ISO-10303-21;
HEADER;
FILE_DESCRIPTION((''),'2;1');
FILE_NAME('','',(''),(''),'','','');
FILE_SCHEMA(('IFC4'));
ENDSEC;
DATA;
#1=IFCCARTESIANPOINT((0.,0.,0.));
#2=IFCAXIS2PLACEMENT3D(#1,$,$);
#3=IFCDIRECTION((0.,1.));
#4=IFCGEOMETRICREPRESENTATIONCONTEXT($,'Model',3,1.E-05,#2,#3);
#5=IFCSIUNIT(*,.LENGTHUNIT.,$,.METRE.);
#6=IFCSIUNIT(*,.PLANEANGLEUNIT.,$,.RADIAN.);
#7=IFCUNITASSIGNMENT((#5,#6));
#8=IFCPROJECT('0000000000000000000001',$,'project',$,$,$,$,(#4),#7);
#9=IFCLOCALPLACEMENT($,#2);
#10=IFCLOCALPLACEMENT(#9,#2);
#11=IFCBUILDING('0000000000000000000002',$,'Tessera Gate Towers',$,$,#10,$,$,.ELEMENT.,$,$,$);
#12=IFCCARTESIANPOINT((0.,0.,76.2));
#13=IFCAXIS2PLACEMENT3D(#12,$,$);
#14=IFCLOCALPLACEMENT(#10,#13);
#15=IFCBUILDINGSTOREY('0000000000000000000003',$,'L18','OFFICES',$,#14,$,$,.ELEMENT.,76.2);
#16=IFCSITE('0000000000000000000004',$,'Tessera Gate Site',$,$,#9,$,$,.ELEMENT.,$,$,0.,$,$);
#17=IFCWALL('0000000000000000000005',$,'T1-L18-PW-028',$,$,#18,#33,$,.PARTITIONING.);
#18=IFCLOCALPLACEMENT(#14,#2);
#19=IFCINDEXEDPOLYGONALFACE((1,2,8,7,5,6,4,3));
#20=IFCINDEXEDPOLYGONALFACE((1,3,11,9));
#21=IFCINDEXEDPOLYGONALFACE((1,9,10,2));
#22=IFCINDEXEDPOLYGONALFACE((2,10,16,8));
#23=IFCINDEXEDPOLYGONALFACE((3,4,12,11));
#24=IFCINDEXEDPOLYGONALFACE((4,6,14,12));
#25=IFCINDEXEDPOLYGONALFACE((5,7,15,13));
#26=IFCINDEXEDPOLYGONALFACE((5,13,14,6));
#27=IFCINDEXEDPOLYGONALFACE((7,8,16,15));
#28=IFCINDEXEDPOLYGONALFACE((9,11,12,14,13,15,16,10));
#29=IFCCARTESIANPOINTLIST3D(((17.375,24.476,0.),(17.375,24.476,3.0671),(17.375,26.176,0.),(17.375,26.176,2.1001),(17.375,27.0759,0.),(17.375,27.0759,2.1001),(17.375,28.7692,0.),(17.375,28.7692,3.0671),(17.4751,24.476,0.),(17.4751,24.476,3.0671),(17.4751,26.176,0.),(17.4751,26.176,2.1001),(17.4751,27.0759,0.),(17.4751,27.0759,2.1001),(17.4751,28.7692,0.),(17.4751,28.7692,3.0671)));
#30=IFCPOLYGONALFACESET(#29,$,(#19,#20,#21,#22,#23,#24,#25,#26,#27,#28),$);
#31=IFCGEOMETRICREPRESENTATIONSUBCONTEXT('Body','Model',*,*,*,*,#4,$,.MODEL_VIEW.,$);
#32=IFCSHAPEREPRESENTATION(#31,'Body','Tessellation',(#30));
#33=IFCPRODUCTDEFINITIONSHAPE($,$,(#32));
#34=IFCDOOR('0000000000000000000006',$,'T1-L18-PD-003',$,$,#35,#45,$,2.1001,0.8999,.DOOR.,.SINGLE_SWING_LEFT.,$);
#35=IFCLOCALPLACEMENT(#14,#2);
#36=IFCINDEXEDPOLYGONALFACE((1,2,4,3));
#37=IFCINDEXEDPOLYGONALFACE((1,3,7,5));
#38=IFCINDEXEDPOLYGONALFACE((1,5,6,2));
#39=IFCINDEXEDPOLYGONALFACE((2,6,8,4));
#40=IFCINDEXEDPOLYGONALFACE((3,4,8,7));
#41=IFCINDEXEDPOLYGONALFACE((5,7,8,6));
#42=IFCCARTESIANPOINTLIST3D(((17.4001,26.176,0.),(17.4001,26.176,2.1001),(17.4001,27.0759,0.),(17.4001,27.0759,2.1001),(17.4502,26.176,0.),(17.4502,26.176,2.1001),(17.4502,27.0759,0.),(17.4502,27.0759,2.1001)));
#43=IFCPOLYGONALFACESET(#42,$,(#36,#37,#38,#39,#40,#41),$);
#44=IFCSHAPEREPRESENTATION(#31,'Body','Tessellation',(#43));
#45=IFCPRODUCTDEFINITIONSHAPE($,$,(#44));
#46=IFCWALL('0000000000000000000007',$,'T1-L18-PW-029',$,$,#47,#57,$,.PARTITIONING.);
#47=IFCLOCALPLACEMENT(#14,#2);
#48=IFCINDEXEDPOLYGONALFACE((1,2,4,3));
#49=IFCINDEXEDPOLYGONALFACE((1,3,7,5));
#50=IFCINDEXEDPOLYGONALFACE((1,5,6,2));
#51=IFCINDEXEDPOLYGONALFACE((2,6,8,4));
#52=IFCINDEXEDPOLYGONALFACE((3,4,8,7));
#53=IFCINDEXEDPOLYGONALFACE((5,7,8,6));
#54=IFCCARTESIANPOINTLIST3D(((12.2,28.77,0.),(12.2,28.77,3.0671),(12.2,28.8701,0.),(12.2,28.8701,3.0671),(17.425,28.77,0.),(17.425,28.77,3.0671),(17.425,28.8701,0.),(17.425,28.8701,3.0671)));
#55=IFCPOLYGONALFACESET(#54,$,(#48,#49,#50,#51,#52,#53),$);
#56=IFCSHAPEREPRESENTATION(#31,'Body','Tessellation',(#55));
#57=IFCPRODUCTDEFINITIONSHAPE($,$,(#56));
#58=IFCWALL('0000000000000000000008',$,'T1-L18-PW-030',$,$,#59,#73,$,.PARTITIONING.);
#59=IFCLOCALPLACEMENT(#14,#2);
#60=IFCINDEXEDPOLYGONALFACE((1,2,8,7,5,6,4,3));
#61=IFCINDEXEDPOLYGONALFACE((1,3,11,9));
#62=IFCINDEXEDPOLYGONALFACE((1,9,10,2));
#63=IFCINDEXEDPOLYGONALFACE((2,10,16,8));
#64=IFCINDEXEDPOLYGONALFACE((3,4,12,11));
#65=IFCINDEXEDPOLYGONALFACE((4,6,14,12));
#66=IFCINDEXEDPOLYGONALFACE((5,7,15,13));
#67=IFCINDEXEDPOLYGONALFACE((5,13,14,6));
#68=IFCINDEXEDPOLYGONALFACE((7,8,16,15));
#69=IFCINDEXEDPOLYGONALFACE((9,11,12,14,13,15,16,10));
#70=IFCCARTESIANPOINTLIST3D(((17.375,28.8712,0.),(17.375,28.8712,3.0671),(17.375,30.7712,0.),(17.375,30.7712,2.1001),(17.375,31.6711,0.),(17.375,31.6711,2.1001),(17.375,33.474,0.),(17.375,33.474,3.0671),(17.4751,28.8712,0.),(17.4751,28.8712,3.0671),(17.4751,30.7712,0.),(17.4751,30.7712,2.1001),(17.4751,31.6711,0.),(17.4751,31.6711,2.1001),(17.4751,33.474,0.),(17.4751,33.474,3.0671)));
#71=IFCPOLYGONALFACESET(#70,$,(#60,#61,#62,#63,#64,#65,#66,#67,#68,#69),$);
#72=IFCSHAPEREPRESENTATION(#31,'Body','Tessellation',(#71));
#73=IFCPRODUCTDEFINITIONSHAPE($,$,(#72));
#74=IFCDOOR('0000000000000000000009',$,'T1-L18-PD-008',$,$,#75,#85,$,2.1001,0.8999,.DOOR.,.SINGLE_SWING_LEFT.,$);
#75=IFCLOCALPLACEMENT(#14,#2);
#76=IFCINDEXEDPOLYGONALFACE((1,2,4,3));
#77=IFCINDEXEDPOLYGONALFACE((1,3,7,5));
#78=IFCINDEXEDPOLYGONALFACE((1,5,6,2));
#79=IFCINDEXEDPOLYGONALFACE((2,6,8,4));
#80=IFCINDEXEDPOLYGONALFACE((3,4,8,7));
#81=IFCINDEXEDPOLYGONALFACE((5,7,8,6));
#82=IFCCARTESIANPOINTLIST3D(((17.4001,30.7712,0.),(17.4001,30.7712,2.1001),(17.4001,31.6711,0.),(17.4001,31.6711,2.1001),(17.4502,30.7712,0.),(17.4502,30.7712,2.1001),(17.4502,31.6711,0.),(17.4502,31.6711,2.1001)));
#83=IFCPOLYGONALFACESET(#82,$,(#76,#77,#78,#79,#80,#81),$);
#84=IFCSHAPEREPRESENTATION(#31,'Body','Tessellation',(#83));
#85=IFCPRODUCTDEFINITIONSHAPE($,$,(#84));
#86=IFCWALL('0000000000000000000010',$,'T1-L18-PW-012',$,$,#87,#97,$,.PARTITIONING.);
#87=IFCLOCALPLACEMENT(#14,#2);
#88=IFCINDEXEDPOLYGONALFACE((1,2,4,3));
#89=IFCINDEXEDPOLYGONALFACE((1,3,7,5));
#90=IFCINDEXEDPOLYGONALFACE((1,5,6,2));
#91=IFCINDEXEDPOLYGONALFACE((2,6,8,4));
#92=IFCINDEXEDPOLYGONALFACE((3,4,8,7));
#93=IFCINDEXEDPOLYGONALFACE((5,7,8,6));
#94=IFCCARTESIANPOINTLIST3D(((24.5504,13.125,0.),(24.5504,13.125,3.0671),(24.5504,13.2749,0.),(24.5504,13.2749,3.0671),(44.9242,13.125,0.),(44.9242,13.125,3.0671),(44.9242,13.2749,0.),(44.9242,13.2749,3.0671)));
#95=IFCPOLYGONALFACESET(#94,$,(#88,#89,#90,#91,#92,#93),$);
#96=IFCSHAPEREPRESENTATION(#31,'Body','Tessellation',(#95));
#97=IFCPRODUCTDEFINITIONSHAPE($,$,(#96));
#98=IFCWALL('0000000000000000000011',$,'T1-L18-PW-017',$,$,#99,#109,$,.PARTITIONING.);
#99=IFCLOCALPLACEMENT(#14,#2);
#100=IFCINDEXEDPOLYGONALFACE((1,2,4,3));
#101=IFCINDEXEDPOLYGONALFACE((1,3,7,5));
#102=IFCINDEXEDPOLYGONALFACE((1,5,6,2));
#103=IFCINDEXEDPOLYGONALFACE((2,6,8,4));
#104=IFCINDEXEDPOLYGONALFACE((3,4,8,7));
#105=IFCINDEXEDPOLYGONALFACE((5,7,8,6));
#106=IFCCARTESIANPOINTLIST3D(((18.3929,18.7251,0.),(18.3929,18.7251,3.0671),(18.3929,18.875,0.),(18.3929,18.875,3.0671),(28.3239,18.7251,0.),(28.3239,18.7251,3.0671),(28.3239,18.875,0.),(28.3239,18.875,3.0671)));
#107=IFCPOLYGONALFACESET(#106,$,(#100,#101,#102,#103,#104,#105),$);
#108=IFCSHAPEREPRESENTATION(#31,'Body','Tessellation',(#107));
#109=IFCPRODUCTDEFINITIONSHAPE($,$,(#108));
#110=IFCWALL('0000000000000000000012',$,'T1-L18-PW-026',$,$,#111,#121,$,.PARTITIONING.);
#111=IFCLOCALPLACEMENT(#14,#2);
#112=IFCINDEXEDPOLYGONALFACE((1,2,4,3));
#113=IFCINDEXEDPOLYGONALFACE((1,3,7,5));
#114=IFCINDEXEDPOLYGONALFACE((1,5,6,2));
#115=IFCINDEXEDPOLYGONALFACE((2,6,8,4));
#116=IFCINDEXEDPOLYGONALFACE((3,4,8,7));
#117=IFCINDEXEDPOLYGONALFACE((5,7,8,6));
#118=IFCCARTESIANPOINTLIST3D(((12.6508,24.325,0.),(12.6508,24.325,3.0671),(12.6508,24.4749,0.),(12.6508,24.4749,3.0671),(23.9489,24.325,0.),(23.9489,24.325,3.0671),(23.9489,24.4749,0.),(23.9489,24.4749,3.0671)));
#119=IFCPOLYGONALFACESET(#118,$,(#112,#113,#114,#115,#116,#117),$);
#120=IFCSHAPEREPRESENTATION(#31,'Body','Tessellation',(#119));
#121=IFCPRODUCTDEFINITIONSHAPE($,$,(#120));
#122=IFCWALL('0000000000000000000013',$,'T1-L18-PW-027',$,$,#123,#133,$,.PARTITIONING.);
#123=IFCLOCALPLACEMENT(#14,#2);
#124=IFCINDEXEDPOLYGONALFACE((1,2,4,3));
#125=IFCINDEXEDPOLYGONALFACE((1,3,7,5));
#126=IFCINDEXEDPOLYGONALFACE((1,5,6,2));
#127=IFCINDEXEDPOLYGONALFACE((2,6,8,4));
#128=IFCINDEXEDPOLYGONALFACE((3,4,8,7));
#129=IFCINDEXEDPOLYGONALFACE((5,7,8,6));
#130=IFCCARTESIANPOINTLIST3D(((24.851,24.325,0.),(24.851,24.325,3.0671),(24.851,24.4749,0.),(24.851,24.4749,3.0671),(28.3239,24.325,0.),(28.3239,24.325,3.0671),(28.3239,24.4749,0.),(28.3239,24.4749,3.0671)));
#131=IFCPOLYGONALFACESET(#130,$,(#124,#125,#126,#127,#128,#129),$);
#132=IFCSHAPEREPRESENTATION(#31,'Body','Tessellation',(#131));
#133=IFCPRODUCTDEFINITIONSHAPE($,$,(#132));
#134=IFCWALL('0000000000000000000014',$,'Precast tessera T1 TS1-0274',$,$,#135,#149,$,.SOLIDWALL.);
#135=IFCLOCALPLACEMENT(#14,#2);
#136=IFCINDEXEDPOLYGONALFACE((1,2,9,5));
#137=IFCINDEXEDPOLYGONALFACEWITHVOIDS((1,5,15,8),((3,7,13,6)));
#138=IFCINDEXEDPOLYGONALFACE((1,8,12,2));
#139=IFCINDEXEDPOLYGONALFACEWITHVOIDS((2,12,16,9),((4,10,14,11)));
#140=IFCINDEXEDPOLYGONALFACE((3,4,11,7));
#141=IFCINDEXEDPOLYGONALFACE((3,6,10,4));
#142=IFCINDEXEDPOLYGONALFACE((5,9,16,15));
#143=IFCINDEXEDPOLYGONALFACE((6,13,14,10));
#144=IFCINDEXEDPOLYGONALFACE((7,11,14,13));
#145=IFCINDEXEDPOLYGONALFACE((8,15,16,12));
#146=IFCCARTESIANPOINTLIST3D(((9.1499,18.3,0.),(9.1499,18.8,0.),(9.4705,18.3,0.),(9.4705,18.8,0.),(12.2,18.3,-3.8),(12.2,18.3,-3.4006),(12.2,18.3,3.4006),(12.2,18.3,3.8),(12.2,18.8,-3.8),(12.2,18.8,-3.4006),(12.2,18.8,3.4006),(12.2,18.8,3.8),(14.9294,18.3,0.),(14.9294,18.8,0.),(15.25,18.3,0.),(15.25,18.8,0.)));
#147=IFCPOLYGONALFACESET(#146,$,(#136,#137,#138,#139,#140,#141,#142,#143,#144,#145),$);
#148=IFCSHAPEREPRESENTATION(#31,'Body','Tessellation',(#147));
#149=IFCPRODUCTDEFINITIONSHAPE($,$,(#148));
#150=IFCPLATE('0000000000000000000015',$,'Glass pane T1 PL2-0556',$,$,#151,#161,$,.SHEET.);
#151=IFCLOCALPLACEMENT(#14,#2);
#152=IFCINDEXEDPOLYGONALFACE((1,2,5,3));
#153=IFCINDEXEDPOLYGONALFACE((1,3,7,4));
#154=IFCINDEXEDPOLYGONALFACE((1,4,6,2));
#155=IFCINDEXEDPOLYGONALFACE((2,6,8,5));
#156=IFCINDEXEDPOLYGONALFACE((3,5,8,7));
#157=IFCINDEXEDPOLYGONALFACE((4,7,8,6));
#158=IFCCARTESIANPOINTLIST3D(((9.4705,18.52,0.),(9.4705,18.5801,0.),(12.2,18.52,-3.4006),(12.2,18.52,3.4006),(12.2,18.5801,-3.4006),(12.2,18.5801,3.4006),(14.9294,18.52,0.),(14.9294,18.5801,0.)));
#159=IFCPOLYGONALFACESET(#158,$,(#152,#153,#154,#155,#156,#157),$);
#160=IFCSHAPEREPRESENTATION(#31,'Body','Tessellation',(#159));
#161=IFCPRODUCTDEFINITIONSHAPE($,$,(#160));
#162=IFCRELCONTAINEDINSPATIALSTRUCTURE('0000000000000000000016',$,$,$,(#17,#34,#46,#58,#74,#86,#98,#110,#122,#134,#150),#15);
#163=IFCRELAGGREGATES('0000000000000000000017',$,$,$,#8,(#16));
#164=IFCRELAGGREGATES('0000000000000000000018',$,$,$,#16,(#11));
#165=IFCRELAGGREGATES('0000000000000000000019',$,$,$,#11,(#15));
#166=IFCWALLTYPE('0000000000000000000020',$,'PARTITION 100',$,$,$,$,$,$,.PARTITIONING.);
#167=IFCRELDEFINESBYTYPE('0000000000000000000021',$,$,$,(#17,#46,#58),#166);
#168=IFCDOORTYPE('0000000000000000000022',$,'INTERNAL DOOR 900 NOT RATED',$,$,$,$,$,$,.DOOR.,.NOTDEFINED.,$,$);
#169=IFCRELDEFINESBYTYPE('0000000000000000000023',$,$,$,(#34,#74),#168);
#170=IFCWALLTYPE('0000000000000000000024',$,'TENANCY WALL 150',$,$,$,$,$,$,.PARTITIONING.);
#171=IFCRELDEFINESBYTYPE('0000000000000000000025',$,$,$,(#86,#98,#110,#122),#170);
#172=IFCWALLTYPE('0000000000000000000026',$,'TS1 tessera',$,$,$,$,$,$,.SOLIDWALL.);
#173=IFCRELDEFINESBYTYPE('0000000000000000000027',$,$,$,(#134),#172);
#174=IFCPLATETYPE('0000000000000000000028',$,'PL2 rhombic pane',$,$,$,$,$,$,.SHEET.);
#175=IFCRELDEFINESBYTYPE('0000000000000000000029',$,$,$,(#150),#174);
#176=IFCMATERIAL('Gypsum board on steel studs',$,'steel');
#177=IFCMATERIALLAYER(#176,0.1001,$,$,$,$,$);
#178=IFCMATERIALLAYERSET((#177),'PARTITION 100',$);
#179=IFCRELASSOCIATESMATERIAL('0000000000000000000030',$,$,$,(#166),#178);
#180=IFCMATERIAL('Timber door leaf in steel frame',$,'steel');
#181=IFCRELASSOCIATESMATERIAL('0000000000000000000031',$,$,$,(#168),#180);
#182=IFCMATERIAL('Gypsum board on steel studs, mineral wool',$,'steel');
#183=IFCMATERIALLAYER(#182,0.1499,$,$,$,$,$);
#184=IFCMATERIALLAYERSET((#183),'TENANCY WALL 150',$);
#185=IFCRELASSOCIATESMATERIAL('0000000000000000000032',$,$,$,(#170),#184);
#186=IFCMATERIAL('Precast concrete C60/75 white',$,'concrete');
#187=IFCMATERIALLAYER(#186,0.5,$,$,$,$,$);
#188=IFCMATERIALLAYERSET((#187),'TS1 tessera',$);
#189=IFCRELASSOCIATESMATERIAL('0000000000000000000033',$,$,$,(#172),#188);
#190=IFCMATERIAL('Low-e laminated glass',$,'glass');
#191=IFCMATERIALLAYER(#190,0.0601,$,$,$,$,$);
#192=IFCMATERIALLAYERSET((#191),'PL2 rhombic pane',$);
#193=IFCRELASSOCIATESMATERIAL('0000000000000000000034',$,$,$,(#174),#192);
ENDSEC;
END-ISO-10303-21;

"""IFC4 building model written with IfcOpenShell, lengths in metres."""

from ifc_helpers import new_model, si_unit, direction, frame, frame_2d, origin, place, context, subcontext, project, spatial, polyline, rectangle, outline, extrude, source, transform, mapped, material, layer, layer_set, type_object, element, fill, save


model = new_model("IFC4")

# Units and contexts
model_context = context("Model", 3, precision=1e-05, world=origin(), true_north=direction((0.0, 1.0)))
body_context = subcontext(model_context, "Body", "Model", "MODEL_VIEW")
ifc_project = project(units=[si_unit("LENGTHUNIT", "METRE"), si_unit("PLANEANGLEUNIT", "RADIAN")], contexts=[model_context])

# Site, building, storey
site_placement = place(None, origin())
site = spatial("IfcSite", under=ifc_project, at=site_placement, Name="Tessera Gate Site", CompositionType="ELEMENT", RefElevation=0.0)
building_placement = place(site_placement, origin())
building = spatial("IfcBuilding", under=site, at=building_placement, Name="Tessera Gate Towers", CompositionType="ELEMENT")
storey_placement = place(building_placement, frame((0.0, 0.0, 76.2)))
storey = spatial("IfcBuildingStorey", under=building, at=storey_placement, Name="L18", Description="OFFICES", CompositionType="ELEMENT", Elevation=76.2)

# Wall, opening, door
shared_shape_1 = source(origin(), body_context, "Body", "SweptSolid", [
    extrude(rectangle(XDim=0.8999, YDim=2.1001, at=frame_2d((0.45, 1.05))), frame((0.0, 0.0601, 0.0), z_axis=(0.0, -1.0, 0.0), x_axis=(1.0, 0.0, 0.0)), (0.0, 0.0, 1.0), 0.1201),
])
shared_shape_2 = source(origin(), body_context, "Body", "SweptSolid", [
    extrude(rectangle(XDim=0.8999, YDim=2.1001, at=frame_2d((0.45, 1.05))), frame((0.0, 0.0249, 0.0), z_axis=(0.0, -1.0, 0.0), x_axis=(1.0, 0.0, 0.0)), (0.0, 0.0, 1.0), 0.05),
])
ifc_material_1 = material(Name="Gypsum board on steel studs", Category="steel")
ifc_layer_1 = layer(ifc_material_1, 0.1001)
ifc_layer_set_1 = layer_set([ifc_layer_1], Name="PARTITION 100")
wall_type_1 = type_object("IfcWallType", Name="PARTITION 100", PredefinedType="PARTITIONING", material=ifc_layer_set_1)
wall_1_placement = place(storey_placement, frame((17.425, 24.4761, 0.0), z_axis=(0.0, 0.0, 1.0), x_axis=(0.0, 1.0, 0.0)))
wall_1 = element("IfcWall", 1, at=wall_1_placement, inside=storey, type_object=wall_type_1, Name="T1-L18-PW-028", PredefinedType="PARTITIONING", context=body_context, shape_type="SweptSolid", body=[
    extrude(rectangle(XDim=4.2932, YDim=0.1001, at=frame_2d((2.1465, 0.0))), origin(), (0.0, 0.0, 1.0), 3.0671),
])
opening_1_placement = place(wall_1_placement, frame((1.7, 0.0, 0.0)))
opening_1 = element("IfcOpeningElement", 2, at=opening_1_placement, cuts=wall_1, PredefinedType="OPENING", context=body_context, shape_type="MappedRepresentation", body=[
    mapped(shared_shape_1, transform((0.0, 0.0, 0.0), scale=1.0)),
])
ifc_material_2 = material(Name="Timber door leaf in steel frame", Category="steel")
door_type_1 = type_object("IfcDoorType", Name="INTERNAL DOOR 900 NOT RATED", OperationType="NOTDEFINED", PredefinedType="DOOR", material=ifc_material_2)
door_1_placement = place(opening_1_placement, origin())
door_1 = element("IfcDoor", 3, at=door_1_placement, inside=storey, type_object=door_type_1, Name="T1-L18-PD-003", OperationType="SINGLE_SWING_LEFT", OverallHeight=2.1001, OverallWidth=0.8999, PredefinedType="DOOR", context=body_context, shape_type="MappedRepresentation", body=[
    mapped(shared_shape_2, transform((0.0, 0.0, 0.0), scale=1.0)),
])
fill(opening_1, door_1)

# Wall
wall_2_placement = place(storey_placement, frame((12.2, 28.8201, 0.0), z_axis=(0.0, 0.0, 1.0), x_axis=(1.0, 0.0, 0.0)))
element("IfcWall", 4, at=wall_2_placement, inside=storey, type_object=wall_type_1, Name="T1-L18-PW-029", PredefinedType="PARTITIONING", context=body_context, shape_type="SweptSolid", body=[
    extrude(rectangle(XDim=5.2251, YDim=0.1001, at=frame_2d((2.6125, 0.0))), origin(), (0.0, 0.0, 1.0), 3.0671),
])

# Wall, opening, door
wall_3_placement = place(storey_placement, frame((17.425, 28.8713, 0.0), z_axis=(0.0, 0.0, 1.0), x_axis=(0.0, 1.0, 0.0)))
wall_3 = element("IfcWall", 5, at=wall_3_placement, inside=storey, type_object=wall_type_1, Name="T1-L18-PW-030", PredefinedType="PARTITIONING", context=body_context, shape_type="SweptSolid", body=[
    extrude(rectangle(XDim=4.6028, YDim=0.1001, at=frame_2d((2.3013, 0.0))), origin(), (0.0, 0.0, 1.0), 3.0671),
])
opening_2_placement = place(wall_3_placement, frame((1.8999, 0.0, 0.0)))
opening_2 = element("IfcOpeningElement", 6, at=opening_2_placement, cuts=wall_3, PredefinedType="OPENING", context=body_context, shape_type="MappedRepresentation", body=[
    mapped(shared_shape_1, transform((0.0, 0.0, 0.0), scale=1.0)),
])
door_2_placement = place(opening_2_placement, origin())
door_2 = element("IfcDoor", 7, at=door_2_placement, inside=storey, type_object=door_type_1, Name="T1-L18-PD-008", OperationType="SINGLE_SWING_LEFT", OverallHeight=2.1001, OverallWidth=0.8999, PredefinedType="DOOR", context=body_context, shape_type="MappedRepresentation", body=[
    mapped(shared_shape_2, transform((0.0, 0.0, 0.0), scale=1.0)),
])
fill(opening_2, door_2)

# Walls
ifc_material_3 = material(Name="Gypsum board on steel studs, mineral wool", Category="steel")
ifc_layer_2 = layer(ifc_material_3, 0.1499)
ifc_layer_set_2 = layer_set([ifc_layer_2], Name="TENANCY WALL 150")
wall_type_2 = type_object("IfcWallType", Name="TENANCY WALL 150", PredefinedType="PARTITIONING", material=ifc_layer_set_2)
wall_4_placement = place(storey_placement, frame((24.5503, 13.2, 0.0), z_axis=(0.0, 0.0, 1.0), x_axis=(1.0, 0.0, 0.0)))
element("IfcWall", 8, at=wall_4_placement, inside=storey, type_object=wall_type_2, Name="T1-L18-PW-012", PredefinedType="PARTITIONING", context=body_context, shape_type="SweptSolid", body=[
    extrude(rectangle(XDim=20.3738, YDim=0.1499, at=frame_2d((10.187, 0.0))), origin(), (0.0, 0.0, 1.0), 3.0671),
])
wall_5_placement = place(storey_placement, frame((18.3931, 18.8, 0.0), z_axis=(0.0, 0.0, 1.0), x_axis=(1.0, 0.0, 0.0)))
element("IfcWall", 9, at=wall_5_placement, inside=storey, type_object=wall_type_2, Name="T1-L18-PW-017", PredefinedType="PARTITIONING", context=body_context, shape_type="SweptSolid", body=[
    extrude(rectangle(XDim=9.9309, YDim=0.1499, at=frame_2d((4.9653, 0.0))), origin(), (0.0, 0.0, 1.0), 3.0671),
])
wall_6_placement = place(storey_placement, frame((12.6509, 24.3999, 0.0), z_axis=(0.0, 0.0, 1.0), x_axis=(1.0, 0.0, 0.0)))
element("IfcWall", 10, at=wall_6_placement, inside=storey, type_object=wall_type_2, Name="T1-L18-PW-026", PredefinedType="PARTITIONING", context=body_context, shape_type="SweptSolid", body=[
    extrude(rectangle(XDim=11.2981, YDim=0.1499, at=frame_2d((5.6489, 0.0))), origin(), (0.0, 0.0, 1.0), 3.0671),
])
wall_7_placement = place(storey_placement, frame((24.8511, 24.3999, 0.0), z_axis=(0.0, 0.0, 1.0), x_axis=(1.0, 0.0, 0.0)))
element("IfcWall", 11, at=wall_7_placement, inside=storey, type_object=wall_type_2, Name="T1-L18-PW-027", PredefinedType="PARTITIONING", context=body_context, shape_type="SweptSolid", body=[
    extrude(rectangle(XDim=3.4729, YDim=0.1499, at=frame_2d((1.7363, 0.0))), origin(), (0.0, 0.0, 1.0), 3.0671),
])

# Wall, opening, plate
ifc_material_4 = material(Name="Precast concrete C60/75 white", Category="concrete")
ifc_layer_3 = layer(ifc_material_4, 0.5)
ifc_layer_set_3 = layer_set([ifc_layer_3], Name="TS1 tessera")
wall_type_3 = type_object("IfcWallType", Name="TS1 tessera", PredefinedType="SOLIDWALL", material=ifc_layer_set_3)
shared_shape_3 = source(origin(), body_context, "Body", "SweptSolid", [
    extrude(outline(polyline([(3.05, 0.0), (6.1001, 3.8), (3.05, 7.6001), (0.0, 3.8), (3.05, 0.0)])), frame((0.0, 0.25, 0.0), z_axis=(0.0, -1.0, 0.0), x_axis=(1.0, 0.0, 0.0)), (0.0, 0.0, 1.0), 0.5),
])
wall_8_placement = place(storey_placement, frame((9.1499, 18.55, -3.8), z_axis=(0.0, 0.0, 1.0), x_axis=(1.0, 0.0, 0.0)))
wall_8 = element("IfcWall", 12, at=wall_8_placement, inside=storey, type_object=wall_type_3, Name="Precast tessera T1 TS1-0274", PredefinedType="SOLIDWALL", context=body_context, shape_type="MappedRepresentation", body=[
    mapped(shared_shape_3, transform((0.0, 0.0, 0.0), scale=1.0)),
])
shared_shape_4 = source(origin(), body_context, "Body", "SweptSolid", [
    extrude(outline(polyline([(3.05, 0.3994), (5.7795, 3.8), (3.05, 7.2007), (0.3206, 3.8), (3.05, 0.3994)])), frame((0.0, 0.26, 0.0), z_axis=(0.0, -1.0, 0.0), x_axis=(1.0, 0.0, 0.0)), (0.0, 0.0, 1.0), 0.52),
])
opening_3_placement = place(wall_8_placement, origin())
opening_3 = element("IfcOpeningElement", 13, at=opening_3_placement, cuts=wall_8, PredefinedType="OPENING", context=body_context, shape_type="MappedRepresentation", body=[
    mapped(shared_shape_4, transform((0.0, 0.0, 0.0), scale=1.0)),
])
ifc_material_5 = material(Name="Low-e laminated glass", Category="glass")
ifc_layer_4 = layer(ifc_material_5, 0.0601)
ifc_layer_set_4 = layer_set([ifc_layer_4], Name="PL2 rhombic pane")
plate_type = type_object("IfcPlateType", Name="PL2 rhombic pane", PredefinedType="SHEET", material=ifc_layer_set_4)
shared_shape_5 = source(origin(), body_context, "Body", "SweptSolid", [
    extrude(outline(polyline([(3.05, 0.3994), (5.7795, 3.8), (3.05, 7.2007), (0.3206, 3.8), (3.05, 0.3994)])), frame((0.0, 0.03, 0.0), z_axis=(0.0, -1.0, 0.0), x_axis=(1.0, 0.0, 0.0)), (0.0, 0.0, 1.0), 0.0601),
])
plate_placement = place(opening_3_placement, origin())
plate = element("IfcPlate", 14, at=plate_placement, inside=storey, type_object=plate_type, Name="Glass pane T1 PL2-0556", PredefinedType="SHEET", context=body_context, shape_type="MappedRepresentation", body=[
    mapped(shared_shape_5, transform((0.0, 0.0, 0.0), scale=1.0)),
])
fill(opening_3, plate)

save(model, "model.ifc")
